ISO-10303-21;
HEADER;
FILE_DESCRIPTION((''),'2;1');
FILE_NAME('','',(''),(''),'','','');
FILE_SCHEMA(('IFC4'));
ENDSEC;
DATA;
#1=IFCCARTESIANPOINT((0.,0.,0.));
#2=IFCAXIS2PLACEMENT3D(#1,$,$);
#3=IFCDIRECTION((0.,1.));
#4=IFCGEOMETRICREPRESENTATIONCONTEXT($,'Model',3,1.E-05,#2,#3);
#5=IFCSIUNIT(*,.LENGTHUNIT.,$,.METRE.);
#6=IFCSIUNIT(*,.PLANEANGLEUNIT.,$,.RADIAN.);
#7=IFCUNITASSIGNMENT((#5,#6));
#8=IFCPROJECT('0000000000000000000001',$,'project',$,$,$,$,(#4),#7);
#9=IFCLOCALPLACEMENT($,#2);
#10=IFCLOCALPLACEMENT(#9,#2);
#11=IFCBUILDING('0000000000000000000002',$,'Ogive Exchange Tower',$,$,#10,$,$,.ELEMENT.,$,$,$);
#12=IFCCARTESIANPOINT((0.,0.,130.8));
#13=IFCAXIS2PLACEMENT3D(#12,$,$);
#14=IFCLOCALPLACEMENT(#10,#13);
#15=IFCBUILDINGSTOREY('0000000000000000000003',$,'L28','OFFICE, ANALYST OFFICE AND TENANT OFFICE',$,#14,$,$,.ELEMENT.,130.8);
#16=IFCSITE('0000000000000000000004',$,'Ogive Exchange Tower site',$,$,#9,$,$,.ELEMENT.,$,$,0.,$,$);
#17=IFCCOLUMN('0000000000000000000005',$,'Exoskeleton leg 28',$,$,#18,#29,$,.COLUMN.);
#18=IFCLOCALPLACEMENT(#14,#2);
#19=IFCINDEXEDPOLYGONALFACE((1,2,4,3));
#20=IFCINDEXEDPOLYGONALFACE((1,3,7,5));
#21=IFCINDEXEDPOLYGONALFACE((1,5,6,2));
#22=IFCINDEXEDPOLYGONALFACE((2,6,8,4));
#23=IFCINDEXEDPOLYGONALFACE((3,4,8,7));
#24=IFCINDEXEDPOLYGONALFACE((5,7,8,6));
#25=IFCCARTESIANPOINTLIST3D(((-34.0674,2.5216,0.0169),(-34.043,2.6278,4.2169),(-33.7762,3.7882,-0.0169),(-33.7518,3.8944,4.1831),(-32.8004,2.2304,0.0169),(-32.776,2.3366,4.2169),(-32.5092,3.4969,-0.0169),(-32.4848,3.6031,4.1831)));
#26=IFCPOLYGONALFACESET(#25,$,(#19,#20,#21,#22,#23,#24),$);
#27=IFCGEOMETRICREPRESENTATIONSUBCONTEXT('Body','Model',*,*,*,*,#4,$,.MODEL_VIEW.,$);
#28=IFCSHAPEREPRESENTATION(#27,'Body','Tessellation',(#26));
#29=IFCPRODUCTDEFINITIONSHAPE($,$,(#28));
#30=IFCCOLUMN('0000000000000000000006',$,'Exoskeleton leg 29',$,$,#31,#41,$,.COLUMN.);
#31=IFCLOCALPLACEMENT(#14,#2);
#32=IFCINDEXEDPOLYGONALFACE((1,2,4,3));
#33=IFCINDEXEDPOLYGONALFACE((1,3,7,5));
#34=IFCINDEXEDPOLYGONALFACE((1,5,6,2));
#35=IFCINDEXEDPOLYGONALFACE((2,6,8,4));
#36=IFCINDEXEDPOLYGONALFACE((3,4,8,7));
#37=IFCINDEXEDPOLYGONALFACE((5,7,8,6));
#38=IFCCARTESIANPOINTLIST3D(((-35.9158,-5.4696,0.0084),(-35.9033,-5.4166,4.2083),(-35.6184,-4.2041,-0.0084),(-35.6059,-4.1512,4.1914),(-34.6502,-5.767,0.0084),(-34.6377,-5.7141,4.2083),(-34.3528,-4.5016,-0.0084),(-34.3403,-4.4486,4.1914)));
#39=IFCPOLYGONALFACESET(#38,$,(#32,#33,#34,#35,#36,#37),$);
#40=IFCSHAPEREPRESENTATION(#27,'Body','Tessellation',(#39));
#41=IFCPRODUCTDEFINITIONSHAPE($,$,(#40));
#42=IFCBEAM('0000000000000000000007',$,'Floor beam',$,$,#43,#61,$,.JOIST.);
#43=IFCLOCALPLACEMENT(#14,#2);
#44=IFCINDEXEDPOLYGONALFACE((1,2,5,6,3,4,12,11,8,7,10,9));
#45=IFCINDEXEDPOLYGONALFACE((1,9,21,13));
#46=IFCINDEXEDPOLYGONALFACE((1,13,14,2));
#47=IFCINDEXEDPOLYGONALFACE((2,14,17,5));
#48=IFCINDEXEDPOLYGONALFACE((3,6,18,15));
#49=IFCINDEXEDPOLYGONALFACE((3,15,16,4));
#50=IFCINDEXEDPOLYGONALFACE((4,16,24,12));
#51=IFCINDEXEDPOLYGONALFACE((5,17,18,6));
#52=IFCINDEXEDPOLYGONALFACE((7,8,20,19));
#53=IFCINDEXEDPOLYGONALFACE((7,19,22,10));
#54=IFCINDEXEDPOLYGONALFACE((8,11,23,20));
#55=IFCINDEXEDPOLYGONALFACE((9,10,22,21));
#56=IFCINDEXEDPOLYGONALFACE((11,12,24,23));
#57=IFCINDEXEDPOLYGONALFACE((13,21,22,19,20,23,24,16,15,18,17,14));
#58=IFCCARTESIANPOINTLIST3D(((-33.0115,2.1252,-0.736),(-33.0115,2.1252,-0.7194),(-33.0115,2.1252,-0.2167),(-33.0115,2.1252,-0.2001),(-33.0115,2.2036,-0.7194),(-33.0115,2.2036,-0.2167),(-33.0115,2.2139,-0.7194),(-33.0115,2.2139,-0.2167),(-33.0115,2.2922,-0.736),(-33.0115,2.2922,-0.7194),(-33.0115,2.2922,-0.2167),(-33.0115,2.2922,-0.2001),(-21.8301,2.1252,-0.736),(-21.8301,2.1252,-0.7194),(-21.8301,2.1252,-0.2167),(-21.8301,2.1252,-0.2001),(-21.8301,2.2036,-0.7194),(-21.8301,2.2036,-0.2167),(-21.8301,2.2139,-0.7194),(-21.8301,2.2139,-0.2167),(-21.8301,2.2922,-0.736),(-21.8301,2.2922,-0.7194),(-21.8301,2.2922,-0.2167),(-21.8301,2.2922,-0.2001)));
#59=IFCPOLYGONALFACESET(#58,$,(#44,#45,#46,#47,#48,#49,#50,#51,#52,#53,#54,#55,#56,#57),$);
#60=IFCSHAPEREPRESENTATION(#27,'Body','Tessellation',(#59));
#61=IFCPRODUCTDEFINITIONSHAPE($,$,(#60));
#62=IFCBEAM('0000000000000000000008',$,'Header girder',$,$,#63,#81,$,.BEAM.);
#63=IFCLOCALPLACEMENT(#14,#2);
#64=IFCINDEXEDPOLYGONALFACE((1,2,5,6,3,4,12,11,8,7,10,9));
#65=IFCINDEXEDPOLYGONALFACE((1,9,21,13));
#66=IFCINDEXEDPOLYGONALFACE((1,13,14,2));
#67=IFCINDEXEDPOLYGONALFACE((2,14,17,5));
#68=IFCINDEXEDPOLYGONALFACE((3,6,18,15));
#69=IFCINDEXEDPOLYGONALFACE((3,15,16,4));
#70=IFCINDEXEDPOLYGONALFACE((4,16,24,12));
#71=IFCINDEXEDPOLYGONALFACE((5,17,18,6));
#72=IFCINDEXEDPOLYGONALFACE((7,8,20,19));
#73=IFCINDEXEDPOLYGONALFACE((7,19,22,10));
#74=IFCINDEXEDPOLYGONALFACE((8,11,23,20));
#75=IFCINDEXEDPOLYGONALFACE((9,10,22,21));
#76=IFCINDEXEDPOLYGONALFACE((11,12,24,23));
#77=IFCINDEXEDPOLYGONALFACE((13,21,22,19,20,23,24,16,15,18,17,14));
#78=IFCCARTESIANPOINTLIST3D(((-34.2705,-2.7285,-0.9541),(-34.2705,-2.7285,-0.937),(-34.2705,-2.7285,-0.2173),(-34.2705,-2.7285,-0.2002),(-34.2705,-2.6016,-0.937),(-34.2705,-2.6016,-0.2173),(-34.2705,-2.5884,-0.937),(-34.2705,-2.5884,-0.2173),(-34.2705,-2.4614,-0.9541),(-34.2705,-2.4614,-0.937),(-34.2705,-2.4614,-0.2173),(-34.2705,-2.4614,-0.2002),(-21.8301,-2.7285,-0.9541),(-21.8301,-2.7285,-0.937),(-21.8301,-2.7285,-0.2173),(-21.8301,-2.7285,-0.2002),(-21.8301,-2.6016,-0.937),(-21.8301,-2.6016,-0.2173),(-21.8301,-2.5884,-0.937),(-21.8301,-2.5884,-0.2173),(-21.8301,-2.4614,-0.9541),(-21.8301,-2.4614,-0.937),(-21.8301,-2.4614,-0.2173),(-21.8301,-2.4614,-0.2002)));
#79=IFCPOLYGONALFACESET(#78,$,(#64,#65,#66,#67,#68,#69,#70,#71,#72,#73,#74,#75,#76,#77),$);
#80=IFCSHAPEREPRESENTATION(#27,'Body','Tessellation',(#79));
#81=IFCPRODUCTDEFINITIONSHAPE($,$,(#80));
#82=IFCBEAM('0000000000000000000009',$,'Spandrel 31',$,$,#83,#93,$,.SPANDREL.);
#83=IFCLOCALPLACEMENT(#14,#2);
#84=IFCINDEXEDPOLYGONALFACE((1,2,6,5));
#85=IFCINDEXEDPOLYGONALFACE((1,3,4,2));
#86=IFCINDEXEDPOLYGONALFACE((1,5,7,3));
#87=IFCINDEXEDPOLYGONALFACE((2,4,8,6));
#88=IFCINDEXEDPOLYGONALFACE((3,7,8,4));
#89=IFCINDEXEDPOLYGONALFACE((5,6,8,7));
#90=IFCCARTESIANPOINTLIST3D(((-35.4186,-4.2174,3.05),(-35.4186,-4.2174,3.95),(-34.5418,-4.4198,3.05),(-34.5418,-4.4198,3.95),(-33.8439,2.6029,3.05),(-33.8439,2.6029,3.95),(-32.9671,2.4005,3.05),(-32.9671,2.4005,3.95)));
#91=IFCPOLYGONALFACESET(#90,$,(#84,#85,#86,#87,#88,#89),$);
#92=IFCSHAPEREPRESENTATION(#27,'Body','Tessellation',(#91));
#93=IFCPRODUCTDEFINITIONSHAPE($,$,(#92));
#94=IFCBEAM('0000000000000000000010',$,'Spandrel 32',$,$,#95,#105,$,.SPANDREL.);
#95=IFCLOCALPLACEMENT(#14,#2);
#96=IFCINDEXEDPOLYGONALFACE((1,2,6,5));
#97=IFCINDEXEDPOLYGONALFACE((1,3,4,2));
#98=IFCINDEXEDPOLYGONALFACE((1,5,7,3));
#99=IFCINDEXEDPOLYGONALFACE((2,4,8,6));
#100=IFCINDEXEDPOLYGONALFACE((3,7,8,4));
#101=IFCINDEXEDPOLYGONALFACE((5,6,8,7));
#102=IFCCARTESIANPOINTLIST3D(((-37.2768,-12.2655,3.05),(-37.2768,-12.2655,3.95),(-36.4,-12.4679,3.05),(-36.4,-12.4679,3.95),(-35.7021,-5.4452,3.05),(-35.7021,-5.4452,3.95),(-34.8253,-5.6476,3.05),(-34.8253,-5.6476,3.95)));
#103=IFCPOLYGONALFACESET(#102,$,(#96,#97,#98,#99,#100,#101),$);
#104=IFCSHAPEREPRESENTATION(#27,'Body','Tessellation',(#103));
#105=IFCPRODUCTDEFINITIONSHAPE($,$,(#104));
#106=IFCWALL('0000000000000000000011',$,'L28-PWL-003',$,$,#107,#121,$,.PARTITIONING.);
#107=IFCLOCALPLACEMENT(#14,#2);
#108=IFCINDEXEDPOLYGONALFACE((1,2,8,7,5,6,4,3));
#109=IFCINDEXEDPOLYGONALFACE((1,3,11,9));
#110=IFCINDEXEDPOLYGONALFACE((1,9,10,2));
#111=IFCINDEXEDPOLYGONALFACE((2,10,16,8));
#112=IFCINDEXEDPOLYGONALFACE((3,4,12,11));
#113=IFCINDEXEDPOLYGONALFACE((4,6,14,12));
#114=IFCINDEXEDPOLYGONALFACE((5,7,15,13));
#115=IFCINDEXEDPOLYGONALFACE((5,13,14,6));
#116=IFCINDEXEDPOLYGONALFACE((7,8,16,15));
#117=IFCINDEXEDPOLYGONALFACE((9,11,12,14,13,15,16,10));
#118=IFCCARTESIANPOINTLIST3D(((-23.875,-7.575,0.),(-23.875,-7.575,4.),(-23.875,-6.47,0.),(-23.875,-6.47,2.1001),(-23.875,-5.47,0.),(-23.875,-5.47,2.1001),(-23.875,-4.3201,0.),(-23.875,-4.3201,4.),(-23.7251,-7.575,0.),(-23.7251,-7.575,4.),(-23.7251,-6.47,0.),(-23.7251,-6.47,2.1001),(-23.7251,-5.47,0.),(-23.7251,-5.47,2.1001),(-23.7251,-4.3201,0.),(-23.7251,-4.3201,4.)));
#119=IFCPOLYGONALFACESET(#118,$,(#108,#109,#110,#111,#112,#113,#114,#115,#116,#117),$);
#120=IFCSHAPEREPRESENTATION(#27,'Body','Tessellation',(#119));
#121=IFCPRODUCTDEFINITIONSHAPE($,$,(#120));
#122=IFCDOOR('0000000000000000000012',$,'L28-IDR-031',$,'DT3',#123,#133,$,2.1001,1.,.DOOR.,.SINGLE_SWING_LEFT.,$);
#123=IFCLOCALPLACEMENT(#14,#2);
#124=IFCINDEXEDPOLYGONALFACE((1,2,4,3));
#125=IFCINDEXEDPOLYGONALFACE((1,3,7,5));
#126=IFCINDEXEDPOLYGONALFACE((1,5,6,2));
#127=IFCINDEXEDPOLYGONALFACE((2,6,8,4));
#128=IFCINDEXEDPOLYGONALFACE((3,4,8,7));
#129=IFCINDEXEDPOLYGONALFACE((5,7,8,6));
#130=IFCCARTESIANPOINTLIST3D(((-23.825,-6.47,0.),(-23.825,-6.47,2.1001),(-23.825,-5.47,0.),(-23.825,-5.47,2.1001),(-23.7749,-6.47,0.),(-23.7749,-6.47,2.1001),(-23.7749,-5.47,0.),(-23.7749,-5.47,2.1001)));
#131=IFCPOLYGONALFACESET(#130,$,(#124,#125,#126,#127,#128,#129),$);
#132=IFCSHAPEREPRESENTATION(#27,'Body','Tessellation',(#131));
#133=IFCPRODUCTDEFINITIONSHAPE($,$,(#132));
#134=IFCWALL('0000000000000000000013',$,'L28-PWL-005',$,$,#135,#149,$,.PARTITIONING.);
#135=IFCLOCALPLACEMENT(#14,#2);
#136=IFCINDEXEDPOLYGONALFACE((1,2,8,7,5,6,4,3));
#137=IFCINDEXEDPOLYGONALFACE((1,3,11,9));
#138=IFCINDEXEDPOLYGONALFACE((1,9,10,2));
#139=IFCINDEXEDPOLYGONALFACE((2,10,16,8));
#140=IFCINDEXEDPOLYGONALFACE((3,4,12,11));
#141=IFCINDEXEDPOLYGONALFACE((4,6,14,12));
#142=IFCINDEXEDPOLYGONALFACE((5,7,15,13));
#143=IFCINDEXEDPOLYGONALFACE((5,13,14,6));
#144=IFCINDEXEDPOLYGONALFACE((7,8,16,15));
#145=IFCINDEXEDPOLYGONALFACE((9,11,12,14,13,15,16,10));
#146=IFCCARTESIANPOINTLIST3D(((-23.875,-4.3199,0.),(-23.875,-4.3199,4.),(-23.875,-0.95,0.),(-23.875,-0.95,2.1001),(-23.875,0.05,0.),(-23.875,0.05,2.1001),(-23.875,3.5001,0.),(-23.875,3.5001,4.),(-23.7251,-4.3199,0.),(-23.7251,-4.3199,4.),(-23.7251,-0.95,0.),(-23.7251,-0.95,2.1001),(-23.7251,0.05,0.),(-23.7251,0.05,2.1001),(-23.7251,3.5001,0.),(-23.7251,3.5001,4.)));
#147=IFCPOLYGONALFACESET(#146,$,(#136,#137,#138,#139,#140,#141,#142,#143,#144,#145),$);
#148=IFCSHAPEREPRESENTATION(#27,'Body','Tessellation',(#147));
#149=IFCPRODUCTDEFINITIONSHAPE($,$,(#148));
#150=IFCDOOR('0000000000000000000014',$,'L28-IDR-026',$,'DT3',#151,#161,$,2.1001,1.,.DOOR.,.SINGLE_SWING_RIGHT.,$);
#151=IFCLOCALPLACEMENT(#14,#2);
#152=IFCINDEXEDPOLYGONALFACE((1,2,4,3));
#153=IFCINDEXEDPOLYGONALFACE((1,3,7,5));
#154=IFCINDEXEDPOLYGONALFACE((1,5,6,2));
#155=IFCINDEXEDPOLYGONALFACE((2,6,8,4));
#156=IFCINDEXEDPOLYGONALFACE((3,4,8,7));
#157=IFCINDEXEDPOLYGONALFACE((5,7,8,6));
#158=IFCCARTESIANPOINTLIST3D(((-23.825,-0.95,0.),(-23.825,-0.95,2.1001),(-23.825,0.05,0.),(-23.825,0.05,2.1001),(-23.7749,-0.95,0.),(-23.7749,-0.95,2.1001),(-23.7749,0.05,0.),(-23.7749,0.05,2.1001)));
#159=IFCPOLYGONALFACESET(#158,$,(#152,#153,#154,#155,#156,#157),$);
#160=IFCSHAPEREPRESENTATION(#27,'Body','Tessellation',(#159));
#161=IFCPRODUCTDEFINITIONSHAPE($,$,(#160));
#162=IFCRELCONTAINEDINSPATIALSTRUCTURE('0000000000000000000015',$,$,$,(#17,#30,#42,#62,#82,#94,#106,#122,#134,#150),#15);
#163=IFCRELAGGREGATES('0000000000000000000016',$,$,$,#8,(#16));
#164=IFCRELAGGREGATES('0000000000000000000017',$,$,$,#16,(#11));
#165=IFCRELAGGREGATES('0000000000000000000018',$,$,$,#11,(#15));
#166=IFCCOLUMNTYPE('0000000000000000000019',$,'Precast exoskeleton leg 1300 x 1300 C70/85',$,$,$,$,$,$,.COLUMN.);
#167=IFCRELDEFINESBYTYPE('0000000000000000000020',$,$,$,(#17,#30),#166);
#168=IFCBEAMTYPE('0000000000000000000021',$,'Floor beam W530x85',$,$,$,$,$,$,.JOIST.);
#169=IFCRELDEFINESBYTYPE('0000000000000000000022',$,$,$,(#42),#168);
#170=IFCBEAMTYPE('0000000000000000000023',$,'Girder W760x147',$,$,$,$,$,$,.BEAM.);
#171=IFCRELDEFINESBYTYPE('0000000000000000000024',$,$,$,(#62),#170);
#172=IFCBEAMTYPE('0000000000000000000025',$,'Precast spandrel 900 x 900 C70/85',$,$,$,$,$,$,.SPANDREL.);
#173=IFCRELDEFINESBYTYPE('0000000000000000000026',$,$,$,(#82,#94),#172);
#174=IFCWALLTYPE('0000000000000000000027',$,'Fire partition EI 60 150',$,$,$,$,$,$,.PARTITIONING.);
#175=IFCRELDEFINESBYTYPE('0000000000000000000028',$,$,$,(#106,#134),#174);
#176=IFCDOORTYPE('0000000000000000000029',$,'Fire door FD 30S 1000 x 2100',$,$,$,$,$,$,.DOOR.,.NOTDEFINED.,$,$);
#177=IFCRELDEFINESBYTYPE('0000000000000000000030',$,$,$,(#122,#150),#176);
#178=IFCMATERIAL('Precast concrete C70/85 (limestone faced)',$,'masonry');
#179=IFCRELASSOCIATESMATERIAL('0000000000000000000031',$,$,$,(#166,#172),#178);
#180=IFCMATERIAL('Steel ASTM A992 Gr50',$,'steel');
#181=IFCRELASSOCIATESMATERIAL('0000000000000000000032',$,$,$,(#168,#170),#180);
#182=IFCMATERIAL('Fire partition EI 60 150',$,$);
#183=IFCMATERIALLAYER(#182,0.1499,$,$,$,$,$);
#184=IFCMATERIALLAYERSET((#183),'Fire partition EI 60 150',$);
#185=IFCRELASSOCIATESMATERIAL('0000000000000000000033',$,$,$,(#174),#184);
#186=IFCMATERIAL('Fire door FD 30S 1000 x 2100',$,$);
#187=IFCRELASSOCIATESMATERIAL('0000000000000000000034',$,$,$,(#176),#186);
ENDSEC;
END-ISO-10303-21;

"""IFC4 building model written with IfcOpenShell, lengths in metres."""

from ifc_helpers import new_model, si_unit, direction, frame, frame_2d, origin, origin_2d, place, context, subcontext, project, spatial, rectangle, i_section, extrude, material, layer, layer_set, material_profile, profile_set, type_object, element, fill, save


model = new_model("IFC4")

# Units and contexts
model_context = context("Model", 3, precision=1e-05, world=origin(), true_north=direction((0.0, 1.0)))
body_context = subcontext(model_context, "Body", "Model", "MODEL_VIEW")
ifc_project = project(units=[si_unit("LENGTHUNIT", "METRE"), si_unit("PLANEANGLEUNIT", "RADIAN")], contexts=[model_context])

# Site, building, storey
site_placement = place(None, origin())
site = spatial("IfcSite", under=ifc_project, at=site_placement, Name="Ogive Exchange Tower site", CompositionType="ELEMENT", RefElevation=0.0)
building_placement = place(site_placement, origin())
building = spatial("IfcBuilding", under=site, at=building_placement, Name="Ogive Exchange Tower", CompositionType="ELEMENT")
storey_placement = place(building_placement, frame((0.0, 0.0, 130.8)))
storey = spatial("IfcBuildingStorey", under=building, at=storey_placement, Name="L28", Description="OFFICE, ANALYST OFFICE AND TENANT OFFICE", CompositionType="ELEMENT", Elevation=130.8)

# Columns
ifc_material_1 = material(Name="Precast concrete C70/85 (limestone faced)", Category="masonry")
ifc_material_profile_1 = material_profile(ifc_material_1, rectangle(XDim=1.3, YDim=1.3, at=origin_2d()), Name="1300 x 1300")
ifc_profile_set_1 = profile_set([ifc_material_profile_1], Name="Precast concrete C70/85 (limestone faced)")
column_type = type_object("IfcColumnType", Name="Precast exoskeleton leg 1300 x 1300 C70/85", PredefinedType="COLUMN", material=ifc_profile_set_1)
column_1_placement = place(storey_placement, frame((-33.2883, 3.0093, 0.0), z_axis=(0.005811, 0.025278, 0.999664), x_axis=(-0.97458, 0.224041, 0.0)))
element("IfcColumn", 1, at=column_1_placement, inside=storey, type_object=column_type, Name="Exoskeleton leg 28", PredefinedType="COLUMN", context=body_context, shape_type="SweptSolid", body=[
    extrude(rectangle(XDim=1.3, YDim=1.3, at=origin_2d()), origin(), (0.0, 0.0, 1.0), 4.2014),
])
column_2_placement = place(storey_placement, frame((-35.1343, -4.9856, 0.0), z_axis=(0.002964, 0.012613, 0.999916), x_axis=(-0.973476, 0.228789, 0.0)))
element("IfcColumn", 2, at=column_2_placement, inside=storey, type_object=column_type, Name="Exoskeleton leg 29", PredefinedType="COLUMN", context=body_context, shape_type="SweptSolid", body=[
    extrude(rectangle(XDim=1.3, YDim=1.3, at=origin_2d()), origin(), (0.0, 0.0, 1.0), 4.2002),
])

# Beams
ifc_material_2 = material(Name="Steel ASTM A992 Gr50", Category="steel")
ifc_material_profile_2 = material_profile(ifc_material_2, i_section(OverallWidth=0.167, OverallDepth=0.5359, WebThickness=0.0103, FlangeThickness=0.0166, at=origin_2d()), Name="W530x85")
ifc_profile_set_2 = profile_set([ifc_material_profile_2], Name="Steel ASTM A992 Gr50")
beam_type_1 = type_object("IfcBeamType", Name="Floor beam W530x85", PredefinedType="JOIST", material=ifc_profile_set_2)
beam_1_placement = place(storey_placement, frame((-33.0115, 2.2087, -0.468), z_axis=(1.0, 0.0, 0.0), x_axis=(0.0, 1.0, 0.0)))
element("IfcBeam", 3, at=beam_1_placement, inside=storey, type_object=beam_type_1, Name="Floor beam", PredefinedType="JOIST", context=body_context, shape_type="SweptSolid", body=[
    extrude(i_section(OverallWidth=0.167, OverallDepth=0.5359, WebThickness=0.0103, FlangeThickness=0.0166, at=origin_2d()), origin(), (0.0, 0.0, 1.0), 11.1814),
])
ifc_material_profile_3 = material_profile(ifc_material_2, i_section(OverallWidth=0.2671, OverallDepth=0.7539, WebThickness=0.0132, FlangeThickness=0.0171, at=origin_2d()), Name="W760x147")
ifc_profile_set_3 = profile_set([ifc_material_profile_3], Name="Steel ASTM A992 Gr50")
beam_type_2 = type_object("IfcBeamType", Name="Girder W760x147", PredefinedType="BEAM", material=ifc_profile_set_3)
beam_2_placement = place(storey_placement, frame((-34.2705, -2.595, -0.5771), z_axis=(1.0, 0.0, 0.0), x_axis=(0.0, 1.0, 0.0)))
element("IfcBeam", 4, at=beam_2_placement, inside=storey, type_object=beam_type_2, Name="Header girder", PredefinedType="BEAM", context=body_context, shape_type="SweptSolid", body=[
    extrude(i_section(OverallWidth=0.2671, OverallDepth=0.7539, WebThickness=0.0132, FlangeThickness=0.0171, at=origin_2d()), origin(), (0.0, 0.0, 1.0), 12.4404),
])
ifc_material_profile_4 = material_profile(ifc_material_1, rectangle(XDim=0.8999, YDim=0.8999, at=origin_2d()), Name="900 x 900")
ifc_profile_set_4 = profile_set([ifc_material_profile_4], Name="Precast concrete C70/85 (limestone faced)")
beam_type_3 = type_object("IfcBeamType", Name="Precast spandrel 900 x 900 C70/85", PredefinedType="SPANDREL", material=ifc_profile_set_4)
for number, where, z_axis, x_axis, name in (
    (5, (-33.4055, 2.5017, 3.5), (-0.224966, -0.974367, 0.0), (0.974367, -0.224966, 0.0), "Spandrel 31"),
    (6, (-35.2637, -5.5464, 3.5), (-0.224966, -0.974367, 0.0), (0.974367, -0.224966, 0.0), "Spandrel 32"),
):
    element("IfcBeam", number, at=place(storey_placement, frame(where, z_axis=z_axis, x_axis=x_axis)), inside=storey, type_object=beam_type_3, Name=name, PredefinedType="SPANDREL", context=body_context, shape_type="SweptSolid", body=[
        extrude(rectangle(XDim=0.8999, YDim=0.8999, at=origin_2d()), origin(), (0.0, 0.0, 1.0), 6.9998),
    ])

# Walls, openings, doors
ifc_material_3 = material(Name="Fire partition EI 60 150")
ifc_layer_1 = layer(ifc_material_3, 0.1499)
ifc_layer_set_1 = layer_set([ifc_layer_1], Name="Fire partition EI 60 150")
wall_type_1 = type_object("IfcWallType", Name="Fire partition EI 60 150", PredefinedType="PARTITIONING", material=ifc_layer_set_1)
wall_1_placement = place(storey_placement, frame((-23.8, -7.575, 0.0), z_axis=(0.0, 0.0, 1.0), x_axis=(0.0, 1.0, 0.0)))
wall_1 = element("IfcWall", 7, at=wall_1_placement, inside=storey, type_object=wall_type_1, Name="L28-PWL-003", PredefinedType="PARTITIONING", context=body_context, shape_type="SweptSolid", body=[
    extrude(rectangle(XDim=3.2549, YDim=0.1499, at=frame_2d((1.6274, 0.0))), origin(), (0.0, 0.0, 1.0), 4.0),
])
opening_1_placement = place(wall_1_placement, frame((1.105, 0.0, 0.0)))
opening_1 = element("IfcOpeningElement", 8, at=opening_1_placement, cuts=wall_1, PredefinedType="OPENING", context=body_context, shape_type="SweptSolid", body=[
    extrude(rectangle(XDim=1.0, YDim=2.1001, at=frame_2d((0.5, 1.05))), frame((0.0, 0.085, 0.0), z_axis=(0.0, -1.0, 0.0), x_axis=(1.0, 0.0, 0.0)), (0.0, 0.0, 1.0), 0.1699),
])
ifc_material_4 = material(Name="Fire door FD 30S 1000 x 2100")
door_type_1 = type_object("IfcDoorType", Name="Fire door FD 30S 1000 x 2100", OperationType="NOTDEFINED", PredefinedType="DOOR", material=ifc_material_4)
door_1_placement = place(opening_1_placement, origin())
door_1 = element("IfcDoor", 9, at=door_1_placement, inside=storey, type_object=door_type_1, Name="L28-IDR-031", ObjectType="DT3", OperationType="SINGLE_SWING_LEFT", OverallHeight=2.1001, OverallWidth=1.0, PredefinedType="DOOR", context=body_context, shape_type="SweptSolid", body=[
    extrude(rectangle(XDim=1.0, YDim=2.1001, at=frame_2d((0.5, 1.05))), frame((0.0, 0.0249, 0.0), z_axis=(0.0, -1.0, 0.0), x_axis=(1.0, 0.0, 0.0)), (0.0, 0.0, 1.0), 0.05),
])
fill(opening_1, door_1)
wall_2_placement = place(storey_placement, frame((-23.8, -4.3201, 0.0), z_axis=(0.0, 0.0, 1.0), x_axis=(0.0, 1.0, 0.0)))
wall_2 = element("IfcWall", 10, at=wall_2_placement, inside=storey, type_object=wall_type_1, Name="L28-PWL-005", PredefinedType="PARTITIONING", context=body_context, shape_type="SweptSolid", body=[
    extrude(rectangle(XDim=7.8201, YDim=0.1499, at=frame_2d((3.9102, 0.0))), origin(), (0.0, 0.0, 1.0), 4.0),
])
opening_2_placement = place(wall_2_placement, frame((3.3701, 0.0, 0.0)))
opening_2 = element("IfcOpeningElement", 11, at=opening_2_placement, cuts=wall_2, PredefinedType="OPENING", context=body_context, shape_type="SweptSolid", body=[
    extrude(rectangle(XDim=1.0, YDim=2.1001, at=frame_2d((0.5, 1.05))), frame((0.0, 0.085, 0.0), z_axis=(0.0, -1.0, 0.0), x_axis=(1.0, 0.0, 0.0)), (0.0, 0.0, 1.0), 0.1699),
])
door_2_placement = place(opening_2_placement, origin())
door_2 = element("IfcDoor", 12, at=door_2_placement, inside=storey, type_object=door_type_1, Name="L28-IDR-026", ObjectType="DT3", OperationType="SINGLE_SWING_RIGHT", OverallHeight=2.1001, OverallWidth=1.0, PredefinedType="DOOR", context=body_context, shape_type="SweptSolid", body=[
    extrude(rectangle(XDim=1.0, YDim=2.1001, at=frame_2d((0.5, 1.05))), frame((0.0, 0.0249, 0.0), z_axis=(0.0, -1.0, 0.0), x_axis=(1.0, 0.0, 0.0)), (0.0, 0.0, 1.0), 0.05),
])
fill(opening_2, door_2)

save(model, "model.ifc")
